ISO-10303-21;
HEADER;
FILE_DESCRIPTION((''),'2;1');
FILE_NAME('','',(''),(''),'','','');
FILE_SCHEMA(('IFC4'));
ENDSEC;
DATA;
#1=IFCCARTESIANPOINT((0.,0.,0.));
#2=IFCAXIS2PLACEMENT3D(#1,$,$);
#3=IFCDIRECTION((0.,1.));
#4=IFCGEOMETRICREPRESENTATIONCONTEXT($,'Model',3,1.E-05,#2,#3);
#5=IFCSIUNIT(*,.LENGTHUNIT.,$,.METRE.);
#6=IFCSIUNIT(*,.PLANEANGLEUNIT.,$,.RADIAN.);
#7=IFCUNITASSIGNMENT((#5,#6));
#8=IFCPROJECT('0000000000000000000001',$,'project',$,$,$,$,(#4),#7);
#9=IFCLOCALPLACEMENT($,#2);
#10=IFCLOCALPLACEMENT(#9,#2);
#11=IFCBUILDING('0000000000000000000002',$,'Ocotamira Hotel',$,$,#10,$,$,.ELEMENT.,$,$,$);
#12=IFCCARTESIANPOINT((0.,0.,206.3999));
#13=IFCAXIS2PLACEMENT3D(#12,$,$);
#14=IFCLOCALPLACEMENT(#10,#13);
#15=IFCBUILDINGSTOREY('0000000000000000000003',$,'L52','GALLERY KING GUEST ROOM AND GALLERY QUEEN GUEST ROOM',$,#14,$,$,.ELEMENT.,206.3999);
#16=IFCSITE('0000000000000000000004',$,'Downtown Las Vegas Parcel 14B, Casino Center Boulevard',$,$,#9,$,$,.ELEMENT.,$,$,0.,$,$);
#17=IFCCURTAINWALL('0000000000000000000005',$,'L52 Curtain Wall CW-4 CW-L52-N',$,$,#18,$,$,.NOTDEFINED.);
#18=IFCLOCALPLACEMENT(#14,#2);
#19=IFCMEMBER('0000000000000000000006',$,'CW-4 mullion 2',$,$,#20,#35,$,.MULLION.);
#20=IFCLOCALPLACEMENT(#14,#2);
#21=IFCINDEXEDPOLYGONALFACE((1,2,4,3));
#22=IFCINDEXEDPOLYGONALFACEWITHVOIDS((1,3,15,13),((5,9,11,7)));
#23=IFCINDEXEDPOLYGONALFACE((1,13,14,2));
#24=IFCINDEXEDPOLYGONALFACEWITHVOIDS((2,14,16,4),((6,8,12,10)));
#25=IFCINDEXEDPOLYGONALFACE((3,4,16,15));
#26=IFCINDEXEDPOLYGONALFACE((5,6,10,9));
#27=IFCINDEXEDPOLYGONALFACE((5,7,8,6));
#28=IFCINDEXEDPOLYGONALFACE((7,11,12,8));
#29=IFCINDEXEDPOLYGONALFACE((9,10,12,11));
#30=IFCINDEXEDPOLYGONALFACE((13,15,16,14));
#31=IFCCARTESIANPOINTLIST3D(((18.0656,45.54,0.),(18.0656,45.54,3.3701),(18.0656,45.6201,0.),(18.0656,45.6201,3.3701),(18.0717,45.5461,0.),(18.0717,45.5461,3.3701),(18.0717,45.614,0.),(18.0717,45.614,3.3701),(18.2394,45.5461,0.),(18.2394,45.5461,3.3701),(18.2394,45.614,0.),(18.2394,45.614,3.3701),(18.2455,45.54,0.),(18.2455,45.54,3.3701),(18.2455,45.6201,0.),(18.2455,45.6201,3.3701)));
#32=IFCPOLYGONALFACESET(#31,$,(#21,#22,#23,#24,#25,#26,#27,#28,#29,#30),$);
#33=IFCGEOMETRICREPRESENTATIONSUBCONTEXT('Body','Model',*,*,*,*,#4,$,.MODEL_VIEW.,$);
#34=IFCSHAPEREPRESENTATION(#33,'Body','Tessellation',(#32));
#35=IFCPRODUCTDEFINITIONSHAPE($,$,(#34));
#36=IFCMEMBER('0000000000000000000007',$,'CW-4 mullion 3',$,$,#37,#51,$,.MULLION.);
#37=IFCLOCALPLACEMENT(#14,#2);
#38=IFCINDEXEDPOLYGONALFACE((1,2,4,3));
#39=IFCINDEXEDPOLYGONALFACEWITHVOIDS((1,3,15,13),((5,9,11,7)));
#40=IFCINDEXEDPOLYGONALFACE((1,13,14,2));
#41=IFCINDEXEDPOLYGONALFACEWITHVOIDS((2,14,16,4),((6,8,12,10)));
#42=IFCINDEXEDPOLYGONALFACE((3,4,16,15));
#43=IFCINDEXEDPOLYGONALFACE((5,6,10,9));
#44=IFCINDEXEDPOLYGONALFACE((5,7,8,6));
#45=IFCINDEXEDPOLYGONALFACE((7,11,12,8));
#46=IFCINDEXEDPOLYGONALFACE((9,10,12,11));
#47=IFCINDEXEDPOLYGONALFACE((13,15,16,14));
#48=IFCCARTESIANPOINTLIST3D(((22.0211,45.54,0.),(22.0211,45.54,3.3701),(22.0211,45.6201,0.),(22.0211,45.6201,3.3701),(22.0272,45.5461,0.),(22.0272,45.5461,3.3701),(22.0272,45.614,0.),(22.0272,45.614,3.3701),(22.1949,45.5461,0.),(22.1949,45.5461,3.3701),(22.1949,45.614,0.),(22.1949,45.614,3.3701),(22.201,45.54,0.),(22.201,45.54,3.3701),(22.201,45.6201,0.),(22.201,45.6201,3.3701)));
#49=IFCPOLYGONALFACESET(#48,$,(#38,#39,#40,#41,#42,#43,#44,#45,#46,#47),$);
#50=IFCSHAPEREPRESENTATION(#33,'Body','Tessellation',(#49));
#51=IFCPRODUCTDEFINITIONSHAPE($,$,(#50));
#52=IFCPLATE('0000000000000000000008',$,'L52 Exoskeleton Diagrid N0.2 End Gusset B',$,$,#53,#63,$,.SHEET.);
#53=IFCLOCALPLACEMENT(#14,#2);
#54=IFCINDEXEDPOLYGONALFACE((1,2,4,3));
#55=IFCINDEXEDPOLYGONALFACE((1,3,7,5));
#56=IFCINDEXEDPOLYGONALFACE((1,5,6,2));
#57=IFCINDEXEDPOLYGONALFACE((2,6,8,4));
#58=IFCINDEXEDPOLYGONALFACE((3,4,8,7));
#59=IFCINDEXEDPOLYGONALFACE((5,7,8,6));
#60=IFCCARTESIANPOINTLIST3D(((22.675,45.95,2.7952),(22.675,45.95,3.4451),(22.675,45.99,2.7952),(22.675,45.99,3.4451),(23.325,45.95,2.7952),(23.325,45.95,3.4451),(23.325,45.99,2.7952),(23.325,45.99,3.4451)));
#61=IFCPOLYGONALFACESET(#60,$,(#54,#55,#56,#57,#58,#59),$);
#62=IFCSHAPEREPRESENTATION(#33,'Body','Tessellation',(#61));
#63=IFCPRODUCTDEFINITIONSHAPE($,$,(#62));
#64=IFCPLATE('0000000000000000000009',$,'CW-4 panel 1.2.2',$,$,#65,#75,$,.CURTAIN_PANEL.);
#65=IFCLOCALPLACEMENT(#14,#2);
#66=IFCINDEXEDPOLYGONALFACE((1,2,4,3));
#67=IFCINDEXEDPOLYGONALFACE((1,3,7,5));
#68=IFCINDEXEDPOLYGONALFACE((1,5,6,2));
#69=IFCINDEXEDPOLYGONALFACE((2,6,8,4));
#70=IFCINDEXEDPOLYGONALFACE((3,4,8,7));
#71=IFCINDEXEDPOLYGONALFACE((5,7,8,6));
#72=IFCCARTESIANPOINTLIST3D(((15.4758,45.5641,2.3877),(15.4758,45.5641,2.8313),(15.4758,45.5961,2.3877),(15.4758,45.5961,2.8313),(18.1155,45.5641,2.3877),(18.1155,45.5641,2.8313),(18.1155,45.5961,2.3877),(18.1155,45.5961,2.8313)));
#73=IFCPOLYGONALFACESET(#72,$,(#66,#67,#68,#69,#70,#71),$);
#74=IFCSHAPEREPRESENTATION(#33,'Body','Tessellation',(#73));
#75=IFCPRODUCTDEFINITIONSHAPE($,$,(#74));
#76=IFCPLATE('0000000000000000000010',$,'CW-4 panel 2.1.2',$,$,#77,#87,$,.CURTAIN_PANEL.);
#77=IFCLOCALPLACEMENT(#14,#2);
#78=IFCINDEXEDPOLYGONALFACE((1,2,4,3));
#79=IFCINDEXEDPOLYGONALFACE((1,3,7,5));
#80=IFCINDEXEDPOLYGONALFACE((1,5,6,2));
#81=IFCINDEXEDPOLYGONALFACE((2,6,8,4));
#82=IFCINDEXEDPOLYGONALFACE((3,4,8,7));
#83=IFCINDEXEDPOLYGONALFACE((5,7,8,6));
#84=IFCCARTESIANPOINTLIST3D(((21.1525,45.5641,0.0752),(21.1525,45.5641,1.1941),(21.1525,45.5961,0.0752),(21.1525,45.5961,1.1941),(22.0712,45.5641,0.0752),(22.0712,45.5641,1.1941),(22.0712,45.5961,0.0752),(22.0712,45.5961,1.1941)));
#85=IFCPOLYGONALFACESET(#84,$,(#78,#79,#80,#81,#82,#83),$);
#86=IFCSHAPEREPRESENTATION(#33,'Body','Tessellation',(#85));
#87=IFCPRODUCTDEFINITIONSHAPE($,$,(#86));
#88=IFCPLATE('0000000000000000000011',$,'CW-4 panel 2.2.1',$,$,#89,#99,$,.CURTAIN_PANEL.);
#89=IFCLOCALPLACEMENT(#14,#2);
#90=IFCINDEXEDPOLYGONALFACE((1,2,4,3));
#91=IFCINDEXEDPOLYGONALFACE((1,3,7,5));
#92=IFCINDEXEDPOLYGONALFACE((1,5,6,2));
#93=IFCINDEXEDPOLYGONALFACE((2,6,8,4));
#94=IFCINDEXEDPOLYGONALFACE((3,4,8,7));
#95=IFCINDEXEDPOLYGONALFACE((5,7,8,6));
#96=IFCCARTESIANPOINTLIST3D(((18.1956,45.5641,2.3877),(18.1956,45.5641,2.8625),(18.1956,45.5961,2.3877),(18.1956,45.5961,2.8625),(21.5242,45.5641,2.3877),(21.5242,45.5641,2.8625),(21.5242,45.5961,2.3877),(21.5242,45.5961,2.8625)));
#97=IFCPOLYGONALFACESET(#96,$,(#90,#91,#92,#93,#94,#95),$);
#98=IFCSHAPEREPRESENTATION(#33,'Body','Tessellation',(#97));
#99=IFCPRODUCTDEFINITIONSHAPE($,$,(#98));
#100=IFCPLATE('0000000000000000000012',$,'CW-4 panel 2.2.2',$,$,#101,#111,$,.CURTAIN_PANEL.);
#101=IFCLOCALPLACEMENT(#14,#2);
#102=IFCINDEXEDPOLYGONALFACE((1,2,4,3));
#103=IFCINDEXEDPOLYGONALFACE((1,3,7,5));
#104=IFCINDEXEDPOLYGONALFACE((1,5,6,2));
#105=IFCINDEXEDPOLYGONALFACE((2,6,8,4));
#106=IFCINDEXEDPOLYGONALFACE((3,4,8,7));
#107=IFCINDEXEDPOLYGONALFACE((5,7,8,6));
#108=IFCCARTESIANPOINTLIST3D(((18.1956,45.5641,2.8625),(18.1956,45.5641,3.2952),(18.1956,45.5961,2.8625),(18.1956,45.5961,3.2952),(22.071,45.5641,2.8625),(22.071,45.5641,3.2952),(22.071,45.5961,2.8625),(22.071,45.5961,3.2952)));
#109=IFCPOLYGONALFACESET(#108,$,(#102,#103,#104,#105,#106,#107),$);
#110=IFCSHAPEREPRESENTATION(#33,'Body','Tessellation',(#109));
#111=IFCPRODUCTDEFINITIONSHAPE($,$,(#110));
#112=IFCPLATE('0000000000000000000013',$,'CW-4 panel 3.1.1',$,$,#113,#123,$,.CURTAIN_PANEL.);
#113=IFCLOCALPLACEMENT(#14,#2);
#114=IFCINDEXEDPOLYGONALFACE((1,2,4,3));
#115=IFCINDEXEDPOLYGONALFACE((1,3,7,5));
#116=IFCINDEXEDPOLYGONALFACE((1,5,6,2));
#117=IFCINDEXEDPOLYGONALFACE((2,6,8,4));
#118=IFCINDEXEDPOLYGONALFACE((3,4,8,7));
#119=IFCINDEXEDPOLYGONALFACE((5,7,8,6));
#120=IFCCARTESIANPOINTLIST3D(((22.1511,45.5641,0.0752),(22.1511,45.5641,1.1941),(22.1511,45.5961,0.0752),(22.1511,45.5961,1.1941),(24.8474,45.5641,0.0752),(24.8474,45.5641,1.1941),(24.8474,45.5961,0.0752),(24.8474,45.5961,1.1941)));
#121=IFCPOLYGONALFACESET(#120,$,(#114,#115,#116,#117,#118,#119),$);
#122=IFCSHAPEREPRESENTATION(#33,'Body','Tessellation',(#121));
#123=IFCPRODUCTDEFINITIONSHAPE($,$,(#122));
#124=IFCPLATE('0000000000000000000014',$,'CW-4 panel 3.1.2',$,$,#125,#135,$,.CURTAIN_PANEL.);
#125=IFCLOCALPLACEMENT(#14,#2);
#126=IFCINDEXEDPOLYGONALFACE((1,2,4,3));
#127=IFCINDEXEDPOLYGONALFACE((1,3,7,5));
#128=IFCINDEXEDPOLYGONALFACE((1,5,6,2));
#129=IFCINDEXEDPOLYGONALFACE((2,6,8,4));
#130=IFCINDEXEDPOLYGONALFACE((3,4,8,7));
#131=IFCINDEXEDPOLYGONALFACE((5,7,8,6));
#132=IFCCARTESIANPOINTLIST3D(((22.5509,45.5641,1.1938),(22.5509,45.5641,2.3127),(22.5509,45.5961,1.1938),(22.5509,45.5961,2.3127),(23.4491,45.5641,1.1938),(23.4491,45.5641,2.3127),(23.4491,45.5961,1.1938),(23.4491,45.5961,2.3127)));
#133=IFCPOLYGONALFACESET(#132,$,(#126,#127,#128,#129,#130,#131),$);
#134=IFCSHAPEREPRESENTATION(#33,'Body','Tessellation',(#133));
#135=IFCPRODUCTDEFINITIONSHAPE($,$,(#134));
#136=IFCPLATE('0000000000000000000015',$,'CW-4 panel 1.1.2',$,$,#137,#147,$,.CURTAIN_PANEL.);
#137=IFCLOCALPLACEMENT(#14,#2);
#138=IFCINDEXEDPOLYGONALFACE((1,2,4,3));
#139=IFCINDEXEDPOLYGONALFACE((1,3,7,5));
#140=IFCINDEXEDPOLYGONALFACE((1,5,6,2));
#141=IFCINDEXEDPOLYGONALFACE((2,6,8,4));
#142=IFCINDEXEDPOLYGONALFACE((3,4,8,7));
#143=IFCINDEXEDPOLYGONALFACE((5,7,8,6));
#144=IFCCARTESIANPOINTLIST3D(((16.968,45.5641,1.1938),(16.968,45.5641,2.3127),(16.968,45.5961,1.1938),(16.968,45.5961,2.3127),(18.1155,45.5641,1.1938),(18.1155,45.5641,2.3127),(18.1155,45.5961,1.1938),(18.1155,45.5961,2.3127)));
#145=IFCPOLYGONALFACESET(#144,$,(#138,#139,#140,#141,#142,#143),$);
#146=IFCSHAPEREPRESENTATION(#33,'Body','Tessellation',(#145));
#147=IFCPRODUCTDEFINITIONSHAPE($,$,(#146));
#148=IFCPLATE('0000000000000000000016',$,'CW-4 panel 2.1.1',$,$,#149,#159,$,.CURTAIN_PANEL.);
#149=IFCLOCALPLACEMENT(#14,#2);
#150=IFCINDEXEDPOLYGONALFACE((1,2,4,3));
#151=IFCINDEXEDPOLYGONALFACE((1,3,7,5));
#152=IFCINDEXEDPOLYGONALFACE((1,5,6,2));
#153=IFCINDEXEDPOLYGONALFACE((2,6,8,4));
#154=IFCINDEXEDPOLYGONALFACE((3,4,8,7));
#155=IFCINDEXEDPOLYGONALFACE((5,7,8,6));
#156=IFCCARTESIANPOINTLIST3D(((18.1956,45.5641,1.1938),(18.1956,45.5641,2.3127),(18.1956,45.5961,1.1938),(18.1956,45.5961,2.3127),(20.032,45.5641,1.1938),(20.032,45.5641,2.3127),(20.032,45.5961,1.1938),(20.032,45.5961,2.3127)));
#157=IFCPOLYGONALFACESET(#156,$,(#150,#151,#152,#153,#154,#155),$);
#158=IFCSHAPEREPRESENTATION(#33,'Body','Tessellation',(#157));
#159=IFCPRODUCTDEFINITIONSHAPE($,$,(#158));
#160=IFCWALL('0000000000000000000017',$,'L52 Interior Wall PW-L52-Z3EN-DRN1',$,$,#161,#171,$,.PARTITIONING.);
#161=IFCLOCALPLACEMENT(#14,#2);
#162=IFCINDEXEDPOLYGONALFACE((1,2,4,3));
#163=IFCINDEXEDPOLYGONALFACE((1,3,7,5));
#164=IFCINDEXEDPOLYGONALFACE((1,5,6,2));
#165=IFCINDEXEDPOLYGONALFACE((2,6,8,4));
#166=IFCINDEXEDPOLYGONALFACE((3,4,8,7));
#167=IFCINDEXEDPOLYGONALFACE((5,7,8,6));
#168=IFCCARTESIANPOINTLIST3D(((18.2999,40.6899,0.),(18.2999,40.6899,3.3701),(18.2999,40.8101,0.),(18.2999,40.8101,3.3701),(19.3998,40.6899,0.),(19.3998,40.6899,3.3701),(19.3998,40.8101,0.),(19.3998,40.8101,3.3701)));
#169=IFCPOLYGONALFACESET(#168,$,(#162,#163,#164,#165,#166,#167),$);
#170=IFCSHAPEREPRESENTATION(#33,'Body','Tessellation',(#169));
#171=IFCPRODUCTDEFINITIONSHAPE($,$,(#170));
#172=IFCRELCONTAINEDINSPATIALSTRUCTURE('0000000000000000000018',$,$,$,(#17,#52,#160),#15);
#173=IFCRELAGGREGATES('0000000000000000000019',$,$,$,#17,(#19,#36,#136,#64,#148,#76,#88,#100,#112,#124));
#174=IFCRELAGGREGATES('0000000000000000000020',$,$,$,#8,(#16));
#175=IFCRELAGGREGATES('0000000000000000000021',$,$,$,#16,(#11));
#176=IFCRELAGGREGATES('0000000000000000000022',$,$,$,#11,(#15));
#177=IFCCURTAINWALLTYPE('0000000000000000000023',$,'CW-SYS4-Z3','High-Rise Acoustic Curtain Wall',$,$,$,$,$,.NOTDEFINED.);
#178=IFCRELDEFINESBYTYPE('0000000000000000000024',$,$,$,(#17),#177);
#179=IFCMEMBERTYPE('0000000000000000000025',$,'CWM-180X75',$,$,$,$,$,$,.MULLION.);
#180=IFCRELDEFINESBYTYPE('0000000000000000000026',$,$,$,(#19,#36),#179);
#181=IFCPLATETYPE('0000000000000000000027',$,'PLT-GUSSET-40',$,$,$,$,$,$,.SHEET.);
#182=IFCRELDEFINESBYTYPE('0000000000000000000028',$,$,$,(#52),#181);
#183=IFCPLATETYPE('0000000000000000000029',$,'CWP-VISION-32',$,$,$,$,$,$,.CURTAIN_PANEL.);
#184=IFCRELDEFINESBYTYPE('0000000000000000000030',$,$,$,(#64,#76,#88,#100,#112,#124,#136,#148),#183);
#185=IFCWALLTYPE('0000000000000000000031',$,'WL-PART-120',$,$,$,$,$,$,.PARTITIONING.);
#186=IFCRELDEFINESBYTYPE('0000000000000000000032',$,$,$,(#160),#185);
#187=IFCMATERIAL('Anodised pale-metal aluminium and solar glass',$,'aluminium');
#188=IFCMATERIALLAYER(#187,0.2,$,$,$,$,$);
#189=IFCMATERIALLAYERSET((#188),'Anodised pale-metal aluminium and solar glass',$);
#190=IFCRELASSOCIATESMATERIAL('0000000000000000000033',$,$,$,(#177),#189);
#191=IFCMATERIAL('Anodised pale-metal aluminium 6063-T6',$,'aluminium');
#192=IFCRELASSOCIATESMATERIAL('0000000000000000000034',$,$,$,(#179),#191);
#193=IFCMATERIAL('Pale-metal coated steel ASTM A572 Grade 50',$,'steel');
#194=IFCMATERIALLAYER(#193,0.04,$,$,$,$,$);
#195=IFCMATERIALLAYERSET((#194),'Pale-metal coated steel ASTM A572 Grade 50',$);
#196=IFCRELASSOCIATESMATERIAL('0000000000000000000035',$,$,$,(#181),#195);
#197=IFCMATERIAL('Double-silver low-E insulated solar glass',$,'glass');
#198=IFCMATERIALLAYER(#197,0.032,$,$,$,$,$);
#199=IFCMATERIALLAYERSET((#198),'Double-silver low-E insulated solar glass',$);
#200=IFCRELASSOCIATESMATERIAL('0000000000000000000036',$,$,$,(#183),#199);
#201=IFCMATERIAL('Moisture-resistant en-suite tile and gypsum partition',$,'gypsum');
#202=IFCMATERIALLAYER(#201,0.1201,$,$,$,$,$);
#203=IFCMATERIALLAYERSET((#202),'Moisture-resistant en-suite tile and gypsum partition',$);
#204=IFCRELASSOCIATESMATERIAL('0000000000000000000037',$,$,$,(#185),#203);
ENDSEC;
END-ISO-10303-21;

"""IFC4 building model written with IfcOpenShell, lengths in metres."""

from ifc_helpers import new_model, si_unit, direction, frame, frame_2d, origin, origin_2d, place, context, subcontext, project, spatial, rectangle, hollow_rectangle, extrude, source, transform, mapped, material, layer, layer_set, material_profile, profile_set, type_object, element, aggregate, save


model = new_model("IFC4")

# Units and contexts
model_context = context("Model", 3, precision=1e-05, world=origin(), true_north=direction((0.0, 1.0)))
body_context = subcontext(model_context, "Body", "Model", "MODEL_VIEW")
ifc_project = project(units=[si_unit("LENGTHUNIT", "METRE"), si_unit("PLANEANGLEUNIT", "RADIAN")], contexts=[model_context])

# Site, building, storey
site_placement = place(None, origin())
site = spatial("IfcSite", under=ifc_project, at=site_placement, Name="Downtown Las Vegas Parcel 14B, Casino Center Boulevard", CompositionType="ELEMENT", RefElevation=0.0)
building_placement = place(site_placement, origin())
building = spatial("IfcBuilding", under=site, at=building_placement, Name="Ocotamira Hotel", CompositionType="ELEMENT")
storey_placement = place(building_placement, frame((0.0, 0.0, 206.3999)))
storey = spatial("IfcBuildingStorey", under=building, at=storey_placement, Name="L52", Description="GALLERY KING GUEST ROOM AND GALLERY QUEEN GUEST ROOM", CompositionType="ELEMENT", Elevation=206.3999)

# Curtain wall, members
ifc_material_1 = material(Name="Anodised pale-metal aluminium and solar glass", Category="aluminium")
ifc_layer_1 = layer(ifc_material_1, 0.2)
ifc_layer_set_1 = layer_set([ifc_layer_1], Name="Anodised pale-metal aluminium and solar glass")
curtain_wall_type = type_object("IfcCurtainWallType", Name="CW-SYS4-Z3", Description="High-Rise Acoustic Curtain Wall", PredefinedType="NOTDEFINED", material=ifc_layer_set_1)
curtain_wall_placement = place(storey_placement, origin())
curtain_wall = element("IfcCurtainWall", 1, at=curtain_wall_placement, inside=storey, type_object=curtain_wall_type, Name="L52 Curtain Wall CW-4 CW-L52-N", PredefinedType="NOTDEFINED")
ifc_material_2 = material(Name="Anodised pale-metal aluminium 6063-T6", Category="aluminium")
ifc_material_profile_1 = material_profile(ifc_material_2, hollow_rectangle(XDim=0.0801, YDim=0.1799, WallThickness=0.0061, at=origin_2d()), Name="HSS180X80X6")
ifc_profile_set_1 = profile_set([ifc_material_profile_1], Name="Anodised pale-metal aluminium 6063-T6")
member_type_1 = type_object("IfcMemberType", Name="CWM-180X75", PredefinedType="MULLION", material=ifc_profile_set_1)
shared_shape_1 = source(origin(), body_context, "Body", "SweptSolid", [
    extrude(hollow_rectangle(XDim=0.0801, YDim=0.1799, WallThickness=0.0061, at=origin_2d()), origin(), (0.0, 0.0, 1.0), 3.3701),
])
member_1_placement = place(storey_placement, frame((18.1555, 45.5801, 0.0), z_axis=(0.0, 0.0, 1.0), x_axis=(0.0, 1.0, 0.0)))
member_1 = element("IfcMember", 2, at=member_1_placement, type_object=member_type_1, Name="CW-4 mullion 2", PredefinedType="MULLION", context=body_context, shape_type="MappedRepresentation", body=[
    mapped(shared_shape_1, transform((0.0, 0.0, 0.0), scale=1.0)),
])
member_2_placement = place(storey_placement, frame((22.1111, 45.5801, 0.0), z_axis=(0.0, 0.0, 1.0), x_axis=(0.0, 1.0, 0.0)))
member_2 = element("IfcMember", 3, at=member_2_placement, type_object=member_type_1, Name="CW-4 mullion 3", PredefinedType="MULLION", context=body_context, shape_type="MappedRepresentation", body=[
    mapped(shared_shape_1, transform((0.0, 0.0, 0.0), scale=1.0)),
])

# Plates
ifc_material_3 = material(Name="Pale-metal coated steel ASTM A572 Grade 50", Category="steel")
ifc_layer_2 = layer(ifc_material_3, 0.04)
ifc_layer_set_2 = layer_set([ifc_layer_2], Name="Pale-metal coated steel ASTM A572 Grade 50")
plate_type_1 = type_object("IfcPlateType", Name="PLT-GUSSET-40", PredefinedType="SHEET", material=ifc_layer_set_2)
shared_shape_2 = source(origin(), body_context, "Body", "SweptSolid", [
    extrude(rectangle(XDim=0.6499, YDim=0.04, at=origin_2d()), origin(), (0.0, 0.0, 1.0), 0.6499),
])
plate_1_placement = place(storey_placement, frame((23.0, 45.97, 2.7952), z_axis=(0.0, 0.0, 1.0), x_axis=(1.0, 0.0, 0.0)))
element("IfcPlate", 4, at=plate_1_placement, inside=storey, type_object=plate_type_1, Name="L52 Exoskeleton Diagrid N0.2 End Gusset B", PredefinedType="SHEET", context=body_context, shape_type="MappedRepresentation", body=[
    mapped(shared_shape_2, transform((0.0, 0.0, 0.0), scale=1.0)),
])
ifc_material_4 = material(Name="Double-silver low-E insulated solar glass", Category="glass")
ifc_layer_3 = layer(ifc_material_4, 0.032)
ifc_layer_set_3 = layer_set([ifc_layer_3], Name="Double-silver low-E insulated solar glass")
plate_type_2 = type_object("IfcPlateType", Name="CWP-VISION-32", PredefinedType="CURTAIN_PANEL", material=ifc_layer_set_3)
shared_shape_3 = source(origin(), body_context, "Body", "SweptSolid", [
    extrude(rectangle(XDim=2.6396, YDim=0.032, at=origin_2d()), origin(), (0.0, 0.0, 1.0), 0.4436),
])
plate_2_placement = place(storey_placement, frame((16.7957, 45.5801, 2.3877), z_axis=(0.0, 0.0, 1.0), x_axis=(1.0, 0.0, 0.0)))
plate_2 = element("IfcPlate", 5, at=plate_2_placement, type_object=plate_type_2, Name="CW-4 panel 1.2.2", PredefinedType="CURTAIN_PANEL", context=body_context, shape_type="MappedRepresentation", body=[
    mapped(shared_shape_3, transform((0.0, 0.0, 0.0), scale=1.0)),
])
shared_shape_4 = source(origin(), body_context, "Body", "SweptSolid", [
    extrude(rectangle(XDim=0.9187, YDim=0.032, at=origin_2d()), origin(), (0.0, 0.0, 1.0), 1.1189),
])
plate_3_placement = place(storey_placement, frame((21.6118, 45.5801, 0.0752), z_axis=(0.0, 0.0, 1.0), x_axis=(1.0, 0.0, 0.0)))
plate_3 = element("IfcPlate", 6, at=plate_3_placement, type_object=plate_type_2, Name="CW-4 panel 2.1.2", PredefinedType="CURTAIN_PANEL", context=body_context, shape_type="MappedRepresentation", body=[
    mapped(shared_shape_4, transform((0.0, 0.0, 0.0), scale=1.0)),
])
shared_shape_5 = source(origin(), body_context, "Body", "SweptSolid", [
    extrude(rectangle(XDim=3.3286, YDim=0.032, at=origin_2d()), origin(), (0.0, 0.0, 1.0), 0.4749),
])
plate_4_placement = place(storey_placement, frame((19.8599, 45.5801, 2.3877), z_axis=(0.0, 0.0, 1.0), x_axis=(1.0, 0.0, 0.0)))
plate_4 = element("IfcPlate", 7, at=plate_4_placement, type_object=plate_type_2, Name="CW-4 panel 2.2.1", PredefinedType="CURTAIN_PANEL", context=body_context, shape_type="MappedRepresentation", body=[
    mapped(shared_shape_5, transform((0.0, 0.0, 0.0), scale=1.0)),
])
shared_shape_6 = source(origin(), body_context, "Body", "SweptSolid", [
    extrude(rectangle(XDim=3.8755, YDim=0.032, at=origin_2d()), origin(), (0.0, 0.0, 1.0), 0.4326),
])
plate_5_placement = place(storey_placement, frame((20.1333, 45.5801, 2.8625), z_axis=(0.0, 0.0, 1.0), x_axis=(1.0, 0.0, 0.0)))
plate_5 = element("IfcPlate", 8, at=plate_5_placement, type_object=plate_type_2, Name="CW-4 panel 2.2.2", PredefinedType="CURTAIN_PANEL", context=body_context, shape_type="MappedRepresentation", body=[
    mapped(shared_shape_6, transform((0.0, 0.0, 0.0), scale=1.0)),
])
shared_shape_7 = source(origin(), body_context, "Body", "SweptSolid", [
    extrude(rectangle(XDim=2.6963, YDim=0.032, at=origin_2d()), origin(), (0.0, 0.0, 1.0), 1.1189),
])
plate_6_placement = place(storey_placement, frame((23.4993, 45.5801, 0.0752), z_axis=(0.0, 0.0, 1.0), x_axis=(1.0, 0.0, 0.0)))
plate_6 = element("IfcPlate", 9, at=plate_6_placement, type_object=plate_type_2, Name="CW-4 panel 3.1.1", PredefinedType="CURTAIN_PANEL", context=body_context, shape_type="MappedRepresentation", body=[
    mapped(shared_shape_7, transform((0.0, 0.0, 0.0), scale=1.0)),
])
shared_shape_8 = source(origin(), body_context, "Body", "SweptSolid", [
    extrude(rectangle(XDim=0.8982, YDim=0.032, at=origin_2d()), origin(), (0.0, 0.0, 1.0), 1.1189),
])
plate_7_placement = place(storey_placement, frame((23.0, 45.5801, 1.1938), z_axis=(0.0, 0.0, 1.0), x_axis=(1.0, 0.0, 0.0)))
plate_7 = element("IfcPlate", 10, at=plate_7_placement, type_object=plate_type_2, Name="CW-4 panel 3.1.2", PredefinedType="CURTAIN_PANEL", context=body_context, shape_type="MappedRepresentation", body=[
    mapped(shared_shape_8, transform((0.0, 0.0, 0.0), scale=1.0)),
])
shared_shape_9 = source(origin(), body_context, "Body", "SweptSolid", [
    extrude(rectangle(XDim=1.1475, YDim=0.032, at=origin_2d()), origin(), (0.0, 0.0, 1.0), 1.1189),
])
plate_8_placement = place(storey_placement, frame((17.5417, 45.5801, 1.1938), z_axis=(0.0, 0.0, 1.0), x_axis=(1.0, 0.0, 0.0)))
plate_8 = element("IfcPlate", 11, at=plate_8_placement, type_object=plate_type_2, Name="CW-4 panel 1.1.2", PredefinedType="CURTAIN_PANEL", context=body_context, shape_type="MappedRepresentation", body=[
    mapped(shared_shape_9, transform((0.0, 0.0, 0.0), scale=1.0)),
])
shared_shape_10 = source(origin(), body_context, "Body", "SweptSolid", [
    extrude(rectangle(XDim=1.8364, YDim=0.032, at=origin_2d()), origin(), (0.0, 0.0, 1.0), 1.1189),
])
plate_9_placement = place(storey_placement, frame((19.1138, 45.5801, 1.1938), z_axis=(0.0, 0.0, 1.0), x_axis=(1.0, 0.0, 0.0)))
plate_9 = element("IfcPlate", 12, at=plate_9_placement, type_object=plate_type_2, Name="CW-4 panel 2.1.1", PredefinedType="CURTAIN_PANEL", context=body_context, shape_type="MappedRepresentation", body=[
    mapped(shared_shape_10, transform((0.0, 0.0, 0.0), scale=1.0)),
])
aggregate(curtain_wall, [member_1, member_2, plate_8, plate_2, plate_9, plate_3, plate_4, plate_5, plate_6, plate_7])

# Wall
ifc_material_5 = material(Name="Moisture-resistant en-suite tile and gypsum partition", Category="gypsum")
ifc_layer_4 = layer(ifc_material_5, 0.1201)
ifc_layer_set_4 = layer_set([ifc_layer_4], Name="Moisture-resistant en-suite tile and gypsum partition")
wall_type_1 = type_object("IfcWallType", Name="WL-PART-120", PredefinedType="PARTITIONING", material=ifc_layer_set_4)
wall_1_placement = place(storey_placement, frame((18.3, 40.75, 0.0), z_axis=(0.0, 0.0, 1.0), x_axis=(1.0, 0.0, 0.0)))
element("IfcWall", 13, at=wall_1_placement, inside=storey, type_object=wall_type_1, Name="L52 Interior Wall PW-L52-Z3EN-DRN1", PredefinedType="PARTITIONING", context=body_context, shape_type="SweptSolid", body=[
    extrude(rectangle(XDim=1.0999, YDim=0.1201, at=frame_2d((0.5498, 0.0))), origin(), (0.0, 0.0, 1.0), 3.3701),
])

save(model, "model.ifc")
